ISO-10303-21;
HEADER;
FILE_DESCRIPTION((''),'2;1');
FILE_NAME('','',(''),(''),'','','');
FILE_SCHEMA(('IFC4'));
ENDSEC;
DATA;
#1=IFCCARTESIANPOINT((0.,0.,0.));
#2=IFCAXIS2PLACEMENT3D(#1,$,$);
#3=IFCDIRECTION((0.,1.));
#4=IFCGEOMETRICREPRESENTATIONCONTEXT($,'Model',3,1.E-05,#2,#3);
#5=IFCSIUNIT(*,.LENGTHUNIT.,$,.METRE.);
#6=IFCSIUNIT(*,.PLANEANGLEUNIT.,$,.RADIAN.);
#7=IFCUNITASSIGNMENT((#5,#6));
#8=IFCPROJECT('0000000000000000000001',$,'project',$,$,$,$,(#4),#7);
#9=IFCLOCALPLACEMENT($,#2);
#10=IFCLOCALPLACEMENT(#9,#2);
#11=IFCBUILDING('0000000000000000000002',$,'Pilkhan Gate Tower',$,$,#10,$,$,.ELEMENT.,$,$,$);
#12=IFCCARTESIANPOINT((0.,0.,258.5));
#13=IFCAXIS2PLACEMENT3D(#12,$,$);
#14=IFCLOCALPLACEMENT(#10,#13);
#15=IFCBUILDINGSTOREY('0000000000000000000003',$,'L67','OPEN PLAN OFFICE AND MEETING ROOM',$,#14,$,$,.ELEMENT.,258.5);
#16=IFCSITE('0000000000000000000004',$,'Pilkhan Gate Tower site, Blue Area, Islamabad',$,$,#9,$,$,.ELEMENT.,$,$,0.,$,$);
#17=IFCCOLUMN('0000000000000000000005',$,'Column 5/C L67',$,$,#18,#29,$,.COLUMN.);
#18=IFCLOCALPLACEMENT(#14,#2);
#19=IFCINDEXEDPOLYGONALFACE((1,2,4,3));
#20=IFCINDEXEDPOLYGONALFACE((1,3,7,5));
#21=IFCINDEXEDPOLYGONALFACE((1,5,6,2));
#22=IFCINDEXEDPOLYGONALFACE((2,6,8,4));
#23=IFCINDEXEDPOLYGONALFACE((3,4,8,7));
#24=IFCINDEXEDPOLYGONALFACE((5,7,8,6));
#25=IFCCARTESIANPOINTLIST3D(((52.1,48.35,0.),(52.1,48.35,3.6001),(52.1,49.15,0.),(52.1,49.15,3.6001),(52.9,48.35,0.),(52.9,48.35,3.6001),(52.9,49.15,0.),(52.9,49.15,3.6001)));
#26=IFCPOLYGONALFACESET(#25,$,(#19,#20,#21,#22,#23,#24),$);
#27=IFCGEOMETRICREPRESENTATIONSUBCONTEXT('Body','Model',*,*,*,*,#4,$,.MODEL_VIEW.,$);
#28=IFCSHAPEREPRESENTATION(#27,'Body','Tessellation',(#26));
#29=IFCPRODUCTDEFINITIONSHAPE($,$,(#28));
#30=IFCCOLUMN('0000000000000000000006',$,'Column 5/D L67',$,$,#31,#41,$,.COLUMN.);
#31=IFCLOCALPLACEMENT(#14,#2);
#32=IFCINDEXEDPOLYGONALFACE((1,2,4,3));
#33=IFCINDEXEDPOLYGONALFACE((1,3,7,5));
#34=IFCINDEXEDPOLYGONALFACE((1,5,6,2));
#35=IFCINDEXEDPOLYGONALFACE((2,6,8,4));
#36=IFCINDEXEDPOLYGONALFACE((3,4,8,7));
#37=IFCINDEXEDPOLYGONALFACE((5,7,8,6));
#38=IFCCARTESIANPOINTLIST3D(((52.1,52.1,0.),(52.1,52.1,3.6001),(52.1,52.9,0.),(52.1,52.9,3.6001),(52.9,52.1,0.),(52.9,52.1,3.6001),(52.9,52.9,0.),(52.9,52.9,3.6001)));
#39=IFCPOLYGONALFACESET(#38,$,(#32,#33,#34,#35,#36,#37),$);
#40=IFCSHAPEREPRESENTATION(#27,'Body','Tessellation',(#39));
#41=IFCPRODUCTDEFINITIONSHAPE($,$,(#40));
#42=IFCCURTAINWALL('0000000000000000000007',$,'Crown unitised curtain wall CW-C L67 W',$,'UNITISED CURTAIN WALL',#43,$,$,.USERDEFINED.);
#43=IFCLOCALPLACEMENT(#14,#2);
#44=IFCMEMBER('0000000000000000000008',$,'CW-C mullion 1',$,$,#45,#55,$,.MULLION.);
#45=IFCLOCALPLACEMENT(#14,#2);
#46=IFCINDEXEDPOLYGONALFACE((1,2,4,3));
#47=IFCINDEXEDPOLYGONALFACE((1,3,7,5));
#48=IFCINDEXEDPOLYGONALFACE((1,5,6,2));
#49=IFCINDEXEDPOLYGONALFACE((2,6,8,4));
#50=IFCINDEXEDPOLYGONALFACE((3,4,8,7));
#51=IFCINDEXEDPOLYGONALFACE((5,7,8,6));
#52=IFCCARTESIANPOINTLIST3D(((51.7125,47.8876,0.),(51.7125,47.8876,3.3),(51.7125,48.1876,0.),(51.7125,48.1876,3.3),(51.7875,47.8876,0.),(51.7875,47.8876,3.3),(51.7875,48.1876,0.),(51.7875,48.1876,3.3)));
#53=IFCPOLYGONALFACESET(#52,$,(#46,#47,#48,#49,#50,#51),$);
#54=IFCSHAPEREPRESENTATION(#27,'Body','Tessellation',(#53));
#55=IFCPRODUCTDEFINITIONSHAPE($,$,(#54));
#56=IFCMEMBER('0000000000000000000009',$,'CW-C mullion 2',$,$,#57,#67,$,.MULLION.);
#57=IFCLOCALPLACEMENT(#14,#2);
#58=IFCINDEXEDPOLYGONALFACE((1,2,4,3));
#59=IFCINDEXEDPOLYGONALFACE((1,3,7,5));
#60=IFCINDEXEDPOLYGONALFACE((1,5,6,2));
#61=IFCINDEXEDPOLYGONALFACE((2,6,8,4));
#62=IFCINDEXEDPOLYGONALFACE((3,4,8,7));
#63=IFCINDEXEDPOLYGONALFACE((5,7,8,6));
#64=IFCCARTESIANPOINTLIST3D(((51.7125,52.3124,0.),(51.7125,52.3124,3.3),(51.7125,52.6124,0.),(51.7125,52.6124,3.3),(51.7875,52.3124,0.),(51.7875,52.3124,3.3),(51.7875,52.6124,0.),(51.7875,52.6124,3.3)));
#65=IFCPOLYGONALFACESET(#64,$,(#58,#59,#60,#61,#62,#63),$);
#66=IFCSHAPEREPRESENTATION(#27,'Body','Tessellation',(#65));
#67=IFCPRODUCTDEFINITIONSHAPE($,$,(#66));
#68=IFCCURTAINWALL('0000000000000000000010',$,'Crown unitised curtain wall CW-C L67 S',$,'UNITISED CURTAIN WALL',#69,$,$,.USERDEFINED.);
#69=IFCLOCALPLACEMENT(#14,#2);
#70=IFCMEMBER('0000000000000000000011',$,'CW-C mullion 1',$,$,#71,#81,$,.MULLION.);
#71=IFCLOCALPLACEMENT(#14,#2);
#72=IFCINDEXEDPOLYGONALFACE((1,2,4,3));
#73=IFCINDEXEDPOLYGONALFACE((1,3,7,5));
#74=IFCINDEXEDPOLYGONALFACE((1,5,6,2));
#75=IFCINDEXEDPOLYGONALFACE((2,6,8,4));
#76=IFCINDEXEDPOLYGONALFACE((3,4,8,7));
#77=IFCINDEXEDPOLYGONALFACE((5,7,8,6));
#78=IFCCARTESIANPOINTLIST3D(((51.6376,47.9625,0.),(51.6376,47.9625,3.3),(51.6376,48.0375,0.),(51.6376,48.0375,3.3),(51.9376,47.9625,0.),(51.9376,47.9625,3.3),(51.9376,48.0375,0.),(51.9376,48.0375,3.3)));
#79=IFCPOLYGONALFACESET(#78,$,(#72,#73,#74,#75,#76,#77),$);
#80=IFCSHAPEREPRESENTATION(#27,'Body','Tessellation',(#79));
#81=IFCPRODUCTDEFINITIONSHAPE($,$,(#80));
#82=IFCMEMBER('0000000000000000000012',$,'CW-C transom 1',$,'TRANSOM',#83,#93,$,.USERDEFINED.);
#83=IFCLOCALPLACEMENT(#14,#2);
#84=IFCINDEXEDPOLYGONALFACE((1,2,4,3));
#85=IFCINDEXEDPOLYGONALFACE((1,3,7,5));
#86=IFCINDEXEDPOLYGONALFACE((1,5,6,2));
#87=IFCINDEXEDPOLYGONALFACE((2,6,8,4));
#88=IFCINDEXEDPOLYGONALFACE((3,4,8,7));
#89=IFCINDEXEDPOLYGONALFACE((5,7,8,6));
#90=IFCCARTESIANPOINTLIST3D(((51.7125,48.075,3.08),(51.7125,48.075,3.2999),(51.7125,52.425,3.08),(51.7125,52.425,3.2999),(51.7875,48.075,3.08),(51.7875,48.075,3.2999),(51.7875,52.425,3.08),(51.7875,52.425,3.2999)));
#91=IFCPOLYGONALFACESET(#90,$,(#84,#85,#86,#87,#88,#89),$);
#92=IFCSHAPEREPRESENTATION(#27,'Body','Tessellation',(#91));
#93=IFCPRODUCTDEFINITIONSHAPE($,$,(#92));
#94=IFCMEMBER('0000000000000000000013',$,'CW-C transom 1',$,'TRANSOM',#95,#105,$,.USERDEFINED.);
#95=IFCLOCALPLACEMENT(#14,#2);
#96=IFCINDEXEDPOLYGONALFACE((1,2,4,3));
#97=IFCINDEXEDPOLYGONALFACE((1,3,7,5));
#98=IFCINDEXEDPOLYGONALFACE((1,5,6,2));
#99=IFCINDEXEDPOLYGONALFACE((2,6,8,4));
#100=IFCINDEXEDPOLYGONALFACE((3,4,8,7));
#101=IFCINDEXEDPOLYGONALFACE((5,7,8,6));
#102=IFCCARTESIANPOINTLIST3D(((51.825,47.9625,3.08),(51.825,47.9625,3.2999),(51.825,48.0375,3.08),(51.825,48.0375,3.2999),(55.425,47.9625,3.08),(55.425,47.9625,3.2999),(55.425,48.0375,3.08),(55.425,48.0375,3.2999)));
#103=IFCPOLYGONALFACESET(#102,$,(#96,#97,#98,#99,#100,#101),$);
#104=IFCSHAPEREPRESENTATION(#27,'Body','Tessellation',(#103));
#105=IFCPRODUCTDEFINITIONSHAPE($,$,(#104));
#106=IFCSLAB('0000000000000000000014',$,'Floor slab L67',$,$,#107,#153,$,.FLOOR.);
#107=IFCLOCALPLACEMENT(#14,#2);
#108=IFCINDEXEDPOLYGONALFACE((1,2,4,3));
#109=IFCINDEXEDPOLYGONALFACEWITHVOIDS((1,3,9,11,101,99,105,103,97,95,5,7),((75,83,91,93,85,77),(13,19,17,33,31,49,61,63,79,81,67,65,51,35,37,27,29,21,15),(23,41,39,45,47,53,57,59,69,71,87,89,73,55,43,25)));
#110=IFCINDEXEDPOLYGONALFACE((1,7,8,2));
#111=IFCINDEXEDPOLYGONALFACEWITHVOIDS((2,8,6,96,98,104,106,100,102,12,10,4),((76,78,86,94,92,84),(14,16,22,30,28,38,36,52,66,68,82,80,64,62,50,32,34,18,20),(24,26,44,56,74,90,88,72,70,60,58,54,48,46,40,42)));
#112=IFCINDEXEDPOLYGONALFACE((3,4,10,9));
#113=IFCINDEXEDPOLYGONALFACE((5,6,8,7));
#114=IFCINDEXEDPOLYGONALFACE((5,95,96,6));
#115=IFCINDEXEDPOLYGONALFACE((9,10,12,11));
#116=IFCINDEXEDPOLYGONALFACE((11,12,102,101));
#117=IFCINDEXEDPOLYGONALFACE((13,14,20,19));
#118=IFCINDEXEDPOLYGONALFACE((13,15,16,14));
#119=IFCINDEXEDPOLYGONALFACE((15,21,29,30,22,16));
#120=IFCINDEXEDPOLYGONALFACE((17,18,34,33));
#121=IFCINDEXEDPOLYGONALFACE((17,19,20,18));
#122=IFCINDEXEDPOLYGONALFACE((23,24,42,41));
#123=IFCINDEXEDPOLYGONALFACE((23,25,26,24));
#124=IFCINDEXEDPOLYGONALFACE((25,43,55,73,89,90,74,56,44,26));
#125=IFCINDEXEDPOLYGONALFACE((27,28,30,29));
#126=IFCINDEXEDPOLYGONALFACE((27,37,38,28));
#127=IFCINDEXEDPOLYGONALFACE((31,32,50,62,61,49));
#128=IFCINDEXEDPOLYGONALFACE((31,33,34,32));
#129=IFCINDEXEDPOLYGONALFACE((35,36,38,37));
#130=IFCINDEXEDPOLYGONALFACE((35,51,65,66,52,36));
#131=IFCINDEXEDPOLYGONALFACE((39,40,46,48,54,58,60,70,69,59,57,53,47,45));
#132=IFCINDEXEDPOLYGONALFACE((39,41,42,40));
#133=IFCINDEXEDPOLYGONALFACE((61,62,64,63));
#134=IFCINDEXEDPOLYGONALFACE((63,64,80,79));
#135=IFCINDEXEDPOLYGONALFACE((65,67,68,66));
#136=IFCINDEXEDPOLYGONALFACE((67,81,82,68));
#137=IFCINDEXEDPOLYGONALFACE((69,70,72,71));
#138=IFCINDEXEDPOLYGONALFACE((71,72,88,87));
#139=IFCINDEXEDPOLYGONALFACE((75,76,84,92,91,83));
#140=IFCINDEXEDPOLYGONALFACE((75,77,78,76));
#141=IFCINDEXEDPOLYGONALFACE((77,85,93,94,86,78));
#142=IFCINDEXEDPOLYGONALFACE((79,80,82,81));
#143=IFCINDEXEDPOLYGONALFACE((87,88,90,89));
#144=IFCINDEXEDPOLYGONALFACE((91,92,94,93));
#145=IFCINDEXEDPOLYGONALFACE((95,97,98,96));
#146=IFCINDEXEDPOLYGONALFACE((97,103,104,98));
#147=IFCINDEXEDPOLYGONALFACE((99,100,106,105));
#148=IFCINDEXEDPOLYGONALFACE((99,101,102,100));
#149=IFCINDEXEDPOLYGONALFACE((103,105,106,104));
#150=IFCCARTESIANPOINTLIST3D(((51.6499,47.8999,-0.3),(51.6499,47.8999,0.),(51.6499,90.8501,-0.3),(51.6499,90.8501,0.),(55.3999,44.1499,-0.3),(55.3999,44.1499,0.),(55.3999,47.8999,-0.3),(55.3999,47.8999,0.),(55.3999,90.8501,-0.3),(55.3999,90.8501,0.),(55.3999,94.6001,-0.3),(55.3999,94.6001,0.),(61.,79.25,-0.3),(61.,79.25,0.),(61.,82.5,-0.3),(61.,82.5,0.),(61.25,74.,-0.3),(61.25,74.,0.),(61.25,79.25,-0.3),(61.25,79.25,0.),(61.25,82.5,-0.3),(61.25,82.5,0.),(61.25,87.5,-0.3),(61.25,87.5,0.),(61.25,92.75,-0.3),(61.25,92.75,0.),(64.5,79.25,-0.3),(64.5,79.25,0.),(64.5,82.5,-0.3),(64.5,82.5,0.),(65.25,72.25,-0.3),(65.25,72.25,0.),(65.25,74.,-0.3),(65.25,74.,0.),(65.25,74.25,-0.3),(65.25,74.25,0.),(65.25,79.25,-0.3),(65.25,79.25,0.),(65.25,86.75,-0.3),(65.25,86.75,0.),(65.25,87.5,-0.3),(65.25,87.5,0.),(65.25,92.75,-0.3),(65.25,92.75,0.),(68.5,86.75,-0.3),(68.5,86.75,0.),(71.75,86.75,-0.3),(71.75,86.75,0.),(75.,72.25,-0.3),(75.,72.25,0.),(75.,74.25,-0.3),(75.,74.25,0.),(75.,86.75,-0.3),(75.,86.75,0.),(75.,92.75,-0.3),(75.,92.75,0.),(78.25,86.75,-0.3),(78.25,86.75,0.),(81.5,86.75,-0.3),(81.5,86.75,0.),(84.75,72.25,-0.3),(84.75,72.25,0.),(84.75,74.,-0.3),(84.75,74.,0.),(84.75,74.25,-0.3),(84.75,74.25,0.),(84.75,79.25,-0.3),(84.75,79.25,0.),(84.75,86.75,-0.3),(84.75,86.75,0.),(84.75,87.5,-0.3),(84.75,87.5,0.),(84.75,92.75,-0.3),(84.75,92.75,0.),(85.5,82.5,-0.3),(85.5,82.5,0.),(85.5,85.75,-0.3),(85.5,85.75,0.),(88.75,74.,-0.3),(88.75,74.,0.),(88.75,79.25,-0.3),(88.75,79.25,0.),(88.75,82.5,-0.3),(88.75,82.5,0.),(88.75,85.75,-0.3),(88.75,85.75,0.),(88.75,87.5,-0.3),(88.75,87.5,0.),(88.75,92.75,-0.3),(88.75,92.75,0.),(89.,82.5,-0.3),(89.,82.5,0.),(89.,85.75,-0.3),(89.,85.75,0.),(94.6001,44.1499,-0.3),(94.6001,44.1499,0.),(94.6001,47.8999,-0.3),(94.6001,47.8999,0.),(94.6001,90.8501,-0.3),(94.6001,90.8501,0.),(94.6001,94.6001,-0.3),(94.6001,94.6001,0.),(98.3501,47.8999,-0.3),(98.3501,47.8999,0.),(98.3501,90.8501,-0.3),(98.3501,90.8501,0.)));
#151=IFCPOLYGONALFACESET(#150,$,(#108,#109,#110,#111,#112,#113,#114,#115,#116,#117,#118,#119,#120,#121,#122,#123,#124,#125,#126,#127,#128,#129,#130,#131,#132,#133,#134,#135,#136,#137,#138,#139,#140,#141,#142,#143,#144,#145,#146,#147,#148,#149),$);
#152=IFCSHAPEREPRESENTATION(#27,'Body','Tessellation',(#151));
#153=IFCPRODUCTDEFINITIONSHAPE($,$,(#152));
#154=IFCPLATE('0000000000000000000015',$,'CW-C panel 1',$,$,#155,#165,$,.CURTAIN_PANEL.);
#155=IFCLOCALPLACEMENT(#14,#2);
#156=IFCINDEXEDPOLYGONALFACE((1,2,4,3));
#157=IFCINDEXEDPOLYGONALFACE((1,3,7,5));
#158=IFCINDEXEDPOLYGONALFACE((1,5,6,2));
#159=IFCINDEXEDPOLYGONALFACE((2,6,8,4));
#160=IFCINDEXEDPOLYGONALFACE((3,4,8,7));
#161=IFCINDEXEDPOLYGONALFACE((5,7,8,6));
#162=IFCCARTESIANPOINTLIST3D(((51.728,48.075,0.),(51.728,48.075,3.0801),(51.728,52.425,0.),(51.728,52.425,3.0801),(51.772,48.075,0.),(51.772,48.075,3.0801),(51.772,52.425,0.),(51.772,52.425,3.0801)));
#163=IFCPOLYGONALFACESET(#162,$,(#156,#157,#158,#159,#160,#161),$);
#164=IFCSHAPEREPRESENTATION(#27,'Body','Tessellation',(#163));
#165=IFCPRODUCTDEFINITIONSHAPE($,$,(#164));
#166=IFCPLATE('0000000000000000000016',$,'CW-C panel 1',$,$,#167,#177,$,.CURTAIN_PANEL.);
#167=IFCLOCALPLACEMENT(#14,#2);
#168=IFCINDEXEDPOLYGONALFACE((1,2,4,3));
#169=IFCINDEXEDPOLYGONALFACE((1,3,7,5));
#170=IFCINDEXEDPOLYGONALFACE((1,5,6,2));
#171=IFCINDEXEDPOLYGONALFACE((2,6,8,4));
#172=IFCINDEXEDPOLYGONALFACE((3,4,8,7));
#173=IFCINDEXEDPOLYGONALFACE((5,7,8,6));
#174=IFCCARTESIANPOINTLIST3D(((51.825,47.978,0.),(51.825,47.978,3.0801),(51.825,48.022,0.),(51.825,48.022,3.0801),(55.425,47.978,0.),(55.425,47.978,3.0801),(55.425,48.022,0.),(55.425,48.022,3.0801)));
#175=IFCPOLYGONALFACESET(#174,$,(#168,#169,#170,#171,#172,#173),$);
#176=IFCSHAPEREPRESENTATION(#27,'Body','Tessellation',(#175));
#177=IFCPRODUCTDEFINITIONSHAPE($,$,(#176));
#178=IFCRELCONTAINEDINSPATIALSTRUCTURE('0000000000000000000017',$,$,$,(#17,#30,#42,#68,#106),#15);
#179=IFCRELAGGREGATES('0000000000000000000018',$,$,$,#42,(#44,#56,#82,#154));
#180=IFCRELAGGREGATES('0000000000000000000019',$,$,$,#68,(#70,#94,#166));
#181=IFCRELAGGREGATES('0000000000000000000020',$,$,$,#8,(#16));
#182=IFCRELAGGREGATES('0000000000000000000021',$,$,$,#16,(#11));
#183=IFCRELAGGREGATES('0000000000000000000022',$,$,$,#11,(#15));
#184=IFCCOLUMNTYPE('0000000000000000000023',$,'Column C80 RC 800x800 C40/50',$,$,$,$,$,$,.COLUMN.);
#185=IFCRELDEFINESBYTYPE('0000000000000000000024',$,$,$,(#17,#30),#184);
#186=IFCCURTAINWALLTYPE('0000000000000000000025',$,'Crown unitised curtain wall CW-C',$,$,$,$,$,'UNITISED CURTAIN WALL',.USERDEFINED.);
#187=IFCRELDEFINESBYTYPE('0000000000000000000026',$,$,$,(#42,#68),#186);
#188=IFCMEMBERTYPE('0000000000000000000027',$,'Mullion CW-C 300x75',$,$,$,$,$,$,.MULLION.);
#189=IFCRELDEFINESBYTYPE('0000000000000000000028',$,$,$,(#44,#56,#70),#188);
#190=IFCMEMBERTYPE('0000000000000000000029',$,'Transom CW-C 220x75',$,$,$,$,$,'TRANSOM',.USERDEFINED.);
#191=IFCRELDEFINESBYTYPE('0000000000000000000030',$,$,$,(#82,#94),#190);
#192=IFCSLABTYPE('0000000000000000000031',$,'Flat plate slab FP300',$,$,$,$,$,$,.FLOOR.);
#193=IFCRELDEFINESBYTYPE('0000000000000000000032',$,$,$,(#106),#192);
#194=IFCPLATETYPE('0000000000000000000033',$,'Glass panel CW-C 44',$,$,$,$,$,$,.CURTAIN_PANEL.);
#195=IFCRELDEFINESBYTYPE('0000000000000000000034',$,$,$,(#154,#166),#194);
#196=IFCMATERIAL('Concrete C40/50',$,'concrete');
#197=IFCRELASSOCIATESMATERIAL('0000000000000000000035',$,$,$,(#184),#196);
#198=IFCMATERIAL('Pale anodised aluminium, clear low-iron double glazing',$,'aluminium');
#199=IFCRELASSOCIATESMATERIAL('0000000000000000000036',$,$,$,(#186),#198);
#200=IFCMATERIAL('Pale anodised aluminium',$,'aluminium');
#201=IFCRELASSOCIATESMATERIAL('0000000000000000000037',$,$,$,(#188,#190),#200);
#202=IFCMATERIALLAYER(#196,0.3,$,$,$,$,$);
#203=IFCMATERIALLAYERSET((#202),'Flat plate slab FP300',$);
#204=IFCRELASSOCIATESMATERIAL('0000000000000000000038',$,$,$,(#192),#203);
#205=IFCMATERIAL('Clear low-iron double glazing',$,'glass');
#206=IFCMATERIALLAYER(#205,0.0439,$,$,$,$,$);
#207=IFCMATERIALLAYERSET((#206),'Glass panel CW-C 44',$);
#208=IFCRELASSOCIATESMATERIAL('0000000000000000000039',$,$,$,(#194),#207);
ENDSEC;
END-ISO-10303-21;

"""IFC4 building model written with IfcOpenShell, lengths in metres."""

from ifc_helpers import new_model, si_unit, direction, frame, origin, origin_2d, place, context, subcontext, project, spatial, polyline, rectangle, outline, extrude, material, layer, layer_set, material_profile, profile_set, type_object, element, aggregate, save


model = new_model("IFC4")

# Units and contexts
model_context = context("Model", 3, precision=1e-05, world=origin(), true_north=direction((0.0, 1.0)))
body_context = subcontext(model_context, "Body", "Model", "MODEL_VIEW")
ifc_project = project(units=[si_unit("LENGTHUNIT", "METRE"), si_unit("PLANEANGLEUNIT", "RADIAN")], contexts=[model_context])

# Site, building, storey
site_placement = place(None, origin())
site = spatial("IfcSite", under=ifc_project, at=site_placement, Name="Pilkhan Gate Tower site, Blue Area, Islamabad", CompositionType="ELEMENT", RefElevation=0.0)
building_placement = place(site_placement, origin())
building = spatial("IfcBuilding", under=site, at=building_placement, Name="Pilkhan Gate Tower", CompositionType="ELEMENT")
storey_placement = place(building_placement, frame((0.0, 0.0, 258.5)))
storey = spatial("IfcBuildingStorey", under=building, at=storey_placement, Name="L67", Description="OPEN PLAN OFFICE AND MEETING ROOM", CompositionType="ELEMENT", Elevation=258.5)

# Columns
ifc_material_1 = material(Name="Concrete C40/50", Category="concrete")
ifc_material_profile_1 = material_profile(ifc_material_1, rectangle(XDim=0.8, YDim=0.8, at=origin_2d()), Name="RC 800x800")
ifc_profile_set_1 = profile_set([ifc_material_profile_1], Name="Concrete C40/50")
column_type = type_object("IfcColumnType", Name="Column C80 RC 800x800 C40/50", PredefinedType="COLUMN", material=ifc_profile_set_1)
for number, where, z_axis, x_axis, name in (
    (1, (52.5, 48.75, 0.0), (0.0, 0.0, 1.0), (1.0, 0.0, 0.0), "Column 5/C L67"),
    (2, (52.5, 52.5, 0.0), (0.0, 0.0, 1.0), (1.0, 0.0, 0.0), "Column 5/D L67"),
):
    element("IfcColumn", number, at=place(storey_placement, frame(where, z_axis=z_axis, x_axis=x_axis)), inside=storey, type_object=column_type, Name=name, PredefinedType="COLUMN", context=body_context, shape_type="SweptSolid", body=[
        extrude(rectangle(XDim=0.8, YDim=0.8, at=origin_2d()), origin(), (0.0, 0.0, 1.0), 3.6001),
    ])

# Curtain wall, members
ifc_material_2 = material(Name="Pale anodised aluminium, clear low-iron double glazing", Category="aluminium")
curtain_wall_type = type_object("IfcCurtainWallType", Name="Crown unitised curtain wall CW-C", ElementType="UNITISED CURTAIN WALL", PredefinedType="USERDEFINED", material=ifc_material_2)
curtain_wall_1_placement = place(storey_placement, origin())
curtain_wall_1 = element("IfcCurtainWall", 3, at=curtain_wall_1_placement, inside=storey, type_object=curtain_wall_type, Name="Crown unitised curtain wall CW-C L67 W", ObjectType="UNITISED CURTAIN WALL", PredefinedType="USERDEFINED")
ifc_material_3 = material(Name="Pale anodised aluminium", Category="aluminium")
ifc_material_profile_2 = material_profile(ifc_material_3, rectangle(XDim=0.075, YDim=0.3, at=origin_2d()), Name="Mullion 300x75")
ifc_profile_set_2 = profile_set([ifc_material_profile_2], Name="Pale anodised aluminium")
member_type_1 = type_object("IfcMemberType", Name="Mullion CW-C 300x75", PredefinedType="MULLION", material=ifc_profile_set_2)
member_1_placement = place(storey_placement, frame((51.75, 48.0376, 0.0), z_axis=(0.0, 0.0, 1.0), x_axis=(-1.0, 0.0, 0.0)))
member_1 = element("IfcMember", 4, at=member_1_placement, type_object=member_type_1, Name="CW-C mullion 1", PredefinedType="MULLION", context=body_context, shape_type="SweptSolid", body=[
    extrude(rectangle(XDim=0.075, YDim=0.3, at=origin_2d()), origin(), (0.0, 0.0, 1.0), 3.3),
])
member_2_placement = place(storey_placement, frame((51.75, 52.4624, 0.0), z_axis=(0.0, 0.0, 1.0), x_axis=(-1.0, 0.0, 0.0)))
member_2 = element("IfcMember", 5, at=member_2_placement, type_object=member_type_1, Name="CW-C mullion 2", PredefinedType="MULLION", context=body_context, shape_type="SweptSolid", body=[
    extrude(rectangle(XDim=0.075, YDim=0.3, at=origin_2d()), origin(), (0.0, 0.0, 1.0), 3.3),
])

# Curtain wall, member
curtain_wall_2_placement = place(storey_placement, origin())
curtain_wall_2 = element("IfcCurtainWall", 6, at=curtain_wall_2_placement, inside=storey, type_object=curtain_wall_type, Name="Crown unitised curtain wall CW-C L67 S", ObjectType="UNITISED CURTAIN WALL", PredefinedType="USERDEFINED")
member_3_placement = place(storey_placement, frame((51.7876, 48.0, 0.0), z_axis=(0.0, 0.0, 1.0), x_axis=(0.0, 1.0, 0.0)))
member_3 = element("IfcMember", 7, at=member_3_placement, type_object=member_type_1, Name="CW-C mullion 1", PredefinedType="MULLION", context=body_context, shape_type="SweptSolid", body=[
    extrude(rectangle(XDim=0.075, YDim=0.3, at=origin_2d()), origin(), (0.0, 0.0, 1.0), 3.3),
])

# Members
ifc_material_profile_3 = material_profile(ifc_material_3, rectangle(XDim=0.075, YDim=0.22, at=origin_2d()), Name="Transom 220x75")
ifc_profile_set_3 = profile_set([ifc_material_profile_3], Name="Pale anodised aluminium")
member_type_2 = type_object("IfcMemberType", Name="Transom CW-C 220x75", ElementType="TRANSOM", PredefinedType="USERDEFINED", material=ifc_profile_set_3)
member_4_placement = place(storey_placement, frame((51.75, 48.075, 3.1899), z_axis=(0.0, 1.0, 0.0), x_axis=(-1.0, 0.0, 0.0)))
member_4 = element("IfcMember", 8, at=member_4_placement, type_object=member_type_2, Name="CW-C transom 1", ObjectType="TRANSOM", PredefinedType="USERDEFINED", context=body_context, shape_type="SweptSolid", body=[
    extrude(rectangle(XDim=0.075, YDim=0.22, at=origin_2d()), origin(), (0.0, 0.0, 1.0), 4.3501),
])
member_5_placement = place(storey_placement, frame((51.825, 48.0, 3.1899), z_axis=(1.0, 0.0, 0.0), x_axis=(0.0, 1.0, 0.0)))
member_5 = element("IfcMember", 9, at=member_5_placement, type_object=member_type_2, Name="CW-C transom 1", ObjectType="TRANSOM", PredefinedType="USERDEFINED", context=body_context, shape_type="SweptSolid", body=[
    extrude(rectangle(XDim=0.075, YDim=0.22, at=origin_2d()), origin(), (0.0, 0.0, 1.0), 3.6001),
])

# Slab
ifc_layer_1 = layer(ifc_material_1, 0.3)
ifc_layer_set_1 = layer_set([ifc_layer_1], Name="Flat plate slab FP300")
slab_type_1 = type_object("IfcSlabType", Name="Flat plate slab FP300", PredefinedType="FLOOR", material=ifc_layer_set_1)
slab_1_placement = place(storey_placement, frame((0.0, 0.0, -0.3)))
element("IfcSlab", 10, at=slab_1_placement, inside=storey, type_object=slab_type_1, Name="Floor slab L67", PredefinedType="FLOOR", context=body_context, shape_type="SweptSolid", body=[
    extrude(outline(polyline([(94.6001, 44.1499), (55.3999, 44.1499), (55.3999, 47.8999), (51.6499, 47.8999), (51.6499, 90.8501), (55.3999, 90.8501), (55.3999, 94.6001), (94.6001, 94.6001), (94.6001, 90.8501), (98.3501, 90.8501), (98.3501, 47.8999), (94.6001, 47.8999), (94.6001, 44.1499)]), holes=[polyline([(68.5, 86.75), (71.75, 86.75), (75.0, 86.75), (78.25, 86.75), (81.5, 86.75), (84.75, 86.75), (84.75, 87.5), (88.75, 87.5), (88.75, 92.75), (84.75, 92.75), (75.0, 92.75), (65.25, 92.75), (61.25, 92.75), (61.25, 87.5), (65.25, 87.5), (65.25, 86.75), (68.5, 86.75)]), polyline([(84.75, 74.25), (75.0, 74.25), (65.25, 74.25), (65.25, 79.25), (64.5, 79.25), (64.5, 82.5), (61.25, 82.5), (61.0, 82.5), (61.0, 79.25), (61.25, 79.25), (61.25, 74.0), (65.25, 74.0), (65.25, 72.25), (75.0, 72.25), (84.75, 72.25), (84.75, 74.0), (88.75, 74.0), (88.75, 79.25), (84.75, 79.25), (84.75, 74.25)]), polyline([(85.5, 85.75), (85.5, 82.5), (88.75, 82.5), (89.0, 82.5), (89.0, 85.75), (88.75, 85.75), (85.5, 85.75)])]), origin(), (0.0, 0.0, 1.0), 0.3),
])

# Plates
ifc_material_4 = material(Name="Clear low-iron double glazing", Category="glass")
ifc_layer_2 = layer(ifc_material_4, 0.0439)
ifc_layer_set_2 = layer_set([ifc_layer_2], Name="Glass panel CW-C 44")
plate_type = type_object("IfcPlateType", Name="Glass panel CW-C 44", PredefinedType="CURTAIN_PANEL", material=ifc_layer_set_2)
plate_1_placement = place(storey_placement, frame((51.75, 50.25, 0.0), z_axis=(0.0, 0.0, 1.0), x_axis=(0.0, 1.0, 0.0)))
plate_1 = element("IfcPlate", 11, at=plate_1_placement, type_object=plate_type, Name="CW-C panel 1", PredefinedType="CURTAIN_PANEL", context=body_context, shape_type="SweptSolid", body=[
    extrude(rectangle(XDim=4.3501, YDim=0.0439, at=origin_2d()), origin(), (0.0, 0.0, 1.0), 3.0801),
])
aggregate(curtain_wall_1, [member_1, member_2, member_4, plate_1])
plate_2_placement = place(storey_placement, frame((53.625, 48.0, 0.0), z_axis=(0.0, 0.0, 1.0), x_axis=(1.0, 0.0, 0.0)))
plate_2 = element("IfcPlate", 12, at=plate_2_placement, type_object=plate_type, Name="CW-C panel 1", PredefinedType="CURTAIN_PANEL", context=body_context, shape_type="SweptSolid", body=[
    extrude(rectangle(XDim=3.6001, YDim=0.0439, at=origin_2d()), origin(), (0.0, 0.0, 1.0), 3.0801),
])
aggregate(curtain_wall_2, [member_3, member_5, plate_2])

save(model, "model.ifc")
